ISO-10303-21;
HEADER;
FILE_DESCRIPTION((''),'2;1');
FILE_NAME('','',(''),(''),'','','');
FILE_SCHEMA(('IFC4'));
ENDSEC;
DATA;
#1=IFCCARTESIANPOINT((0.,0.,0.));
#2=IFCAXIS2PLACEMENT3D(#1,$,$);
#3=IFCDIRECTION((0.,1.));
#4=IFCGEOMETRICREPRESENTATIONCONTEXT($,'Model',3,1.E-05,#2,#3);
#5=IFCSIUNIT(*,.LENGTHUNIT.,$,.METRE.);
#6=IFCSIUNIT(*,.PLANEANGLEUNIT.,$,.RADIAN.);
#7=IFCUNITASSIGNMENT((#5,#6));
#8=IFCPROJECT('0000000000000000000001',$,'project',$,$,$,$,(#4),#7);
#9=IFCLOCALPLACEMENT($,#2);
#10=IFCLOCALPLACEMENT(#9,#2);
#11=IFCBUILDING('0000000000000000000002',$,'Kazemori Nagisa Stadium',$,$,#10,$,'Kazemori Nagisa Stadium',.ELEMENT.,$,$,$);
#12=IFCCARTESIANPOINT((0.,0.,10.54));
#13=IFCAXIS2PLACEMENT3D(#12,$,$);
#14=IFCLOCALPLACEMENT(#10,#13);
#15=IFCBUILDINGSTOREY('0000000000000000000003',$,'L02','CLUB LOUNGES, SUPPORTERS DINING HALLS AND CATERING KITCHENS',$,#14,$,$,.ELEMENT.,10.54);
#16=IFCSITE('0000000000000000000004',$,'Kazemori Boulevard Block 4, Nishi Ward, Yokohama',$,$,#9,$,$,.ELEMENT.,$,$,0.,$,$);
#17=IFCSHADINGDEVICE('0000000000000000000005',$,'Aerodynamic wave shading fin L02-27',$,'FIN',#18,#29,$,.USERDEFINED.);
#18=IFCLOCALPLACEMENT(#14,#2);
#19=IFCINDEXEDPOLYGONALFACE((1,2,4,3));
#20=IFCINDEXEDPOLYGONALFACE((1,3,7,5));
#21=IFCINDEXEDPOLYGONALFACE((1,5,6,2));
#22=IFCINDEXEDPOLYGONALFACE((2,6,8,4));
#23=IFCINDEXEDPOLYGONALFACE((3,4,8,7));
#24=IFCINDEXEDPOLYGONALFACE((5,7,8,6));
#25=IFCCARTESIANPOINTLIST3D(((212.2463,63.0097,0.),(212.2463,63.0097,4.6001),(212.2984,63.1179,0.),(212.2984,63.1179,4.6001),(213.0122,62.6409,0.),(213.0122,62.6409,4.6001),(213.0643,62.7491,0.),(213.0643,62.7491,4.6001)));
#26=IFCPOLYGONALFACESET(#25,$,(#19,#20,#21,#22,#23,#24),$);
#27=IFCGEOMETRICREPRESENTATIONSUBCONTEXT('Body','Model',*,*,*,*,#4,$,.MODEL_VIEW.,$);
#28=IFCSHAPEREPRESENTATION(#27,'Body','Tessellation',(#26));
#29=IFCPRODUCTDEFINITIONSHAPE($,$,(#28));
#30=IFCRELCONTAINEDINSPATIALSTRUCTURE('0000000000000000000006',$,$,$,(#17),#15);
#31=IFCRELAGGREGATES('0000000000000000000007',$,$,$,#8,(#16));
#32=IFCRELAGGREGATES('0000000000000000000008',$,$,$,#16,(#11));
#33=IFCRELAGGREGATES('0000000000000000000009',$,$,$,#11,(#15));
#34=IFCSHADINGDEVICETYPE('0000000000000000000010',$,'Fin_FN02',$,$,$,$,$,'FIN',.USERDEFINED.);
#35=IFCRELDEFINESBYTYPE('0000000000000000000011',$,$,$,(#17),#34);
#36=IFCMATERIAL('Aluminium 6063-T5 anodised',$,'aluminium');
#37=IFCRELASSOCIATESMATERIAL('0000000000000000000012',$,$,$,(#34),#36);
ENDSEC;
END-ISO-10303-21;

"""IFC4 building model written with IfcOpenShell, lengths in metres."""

from ifc_helpers import new_model, si_unit, direction, frame, origin, origin_2d, place, context, subcontext, project, spatial, rectangle, extrude, material, type_object, element, save


model = new_model("IFC4")

# Units and contexts
model_context = context("Model", 3, precision=1e-05, world=origin(), true_north=direction((0.0, 1.0)))
body_context = subcontext(model_context, "Body", "Model", "MODEL_VIEW")
ifc_project = project(units=[si_unit("LENGTHUNIT", "METRE"), si_unit("PLANEANGLEUNIT", "RADIAN")], contexts=[model_context])

# Site, building, storey
site_placement = place(None, origin())
site = spatial("IfcSite", under=ifc_project, at=site_placement, Name="Kazemori Boulevard Block 4, Nishi Ward, Yokohama", CompositionType="ELEMENT", RefElevation=0.0)
building_placement = place(site_placement, origin())
building = spatial("IfcBuilding", under=site, at=building_placement, Name="Kazemori Nagisa Stadium", LongName="Kazemori Nagisa Stadium", CompositionType="ELEMENT")
storey_placement = place(building_placement, frame((0.0, 0.0, 10.54)))
storey = spatial("IfcBuildingStorey", under=building, at=storey_placement, Name="L02", Description="CLUB LOUNGES, SUPPORTERS DINING HALLS AND CATERING KITCHENS", CompositionType="ELEMENT", Elevation=10.54)

# Shared definitions
ifc_material_1 = material(Name="Aluminium 6063-T5 anodised", Category="aluminium")

# Shading device
shading_device_type = type_object("IfcShadingDeviceType", Name="Fin_FN02", ElementType="FIN", PredefinedType="USERDEFINED", material=ifc_material_1)
shading_device_placement = place(storey_placement, frame((212.6553, 62.8794, 0.0), z_axis=(0.0, 0.0, 1.0), x_axis=(0.900969, -0.433884, 0.0)))
element("IfcShadingDevice", 1, at=shading_device_placement, inside=storey, type_object=shading_device_type, Name="Aerodynamic wave shading fin L02-27", ObjectType="FIN", PredefinedType="USERDEFINED", context=body_context, shape_type="SweptSolid", body=[
    extrude(rectangle(XDim=0.8501, YDim=0.1201, at=origin_2d()), origin(), (0.0, 0.0, 1.0), 4.6001),
])

save(model, "model.ifc")
